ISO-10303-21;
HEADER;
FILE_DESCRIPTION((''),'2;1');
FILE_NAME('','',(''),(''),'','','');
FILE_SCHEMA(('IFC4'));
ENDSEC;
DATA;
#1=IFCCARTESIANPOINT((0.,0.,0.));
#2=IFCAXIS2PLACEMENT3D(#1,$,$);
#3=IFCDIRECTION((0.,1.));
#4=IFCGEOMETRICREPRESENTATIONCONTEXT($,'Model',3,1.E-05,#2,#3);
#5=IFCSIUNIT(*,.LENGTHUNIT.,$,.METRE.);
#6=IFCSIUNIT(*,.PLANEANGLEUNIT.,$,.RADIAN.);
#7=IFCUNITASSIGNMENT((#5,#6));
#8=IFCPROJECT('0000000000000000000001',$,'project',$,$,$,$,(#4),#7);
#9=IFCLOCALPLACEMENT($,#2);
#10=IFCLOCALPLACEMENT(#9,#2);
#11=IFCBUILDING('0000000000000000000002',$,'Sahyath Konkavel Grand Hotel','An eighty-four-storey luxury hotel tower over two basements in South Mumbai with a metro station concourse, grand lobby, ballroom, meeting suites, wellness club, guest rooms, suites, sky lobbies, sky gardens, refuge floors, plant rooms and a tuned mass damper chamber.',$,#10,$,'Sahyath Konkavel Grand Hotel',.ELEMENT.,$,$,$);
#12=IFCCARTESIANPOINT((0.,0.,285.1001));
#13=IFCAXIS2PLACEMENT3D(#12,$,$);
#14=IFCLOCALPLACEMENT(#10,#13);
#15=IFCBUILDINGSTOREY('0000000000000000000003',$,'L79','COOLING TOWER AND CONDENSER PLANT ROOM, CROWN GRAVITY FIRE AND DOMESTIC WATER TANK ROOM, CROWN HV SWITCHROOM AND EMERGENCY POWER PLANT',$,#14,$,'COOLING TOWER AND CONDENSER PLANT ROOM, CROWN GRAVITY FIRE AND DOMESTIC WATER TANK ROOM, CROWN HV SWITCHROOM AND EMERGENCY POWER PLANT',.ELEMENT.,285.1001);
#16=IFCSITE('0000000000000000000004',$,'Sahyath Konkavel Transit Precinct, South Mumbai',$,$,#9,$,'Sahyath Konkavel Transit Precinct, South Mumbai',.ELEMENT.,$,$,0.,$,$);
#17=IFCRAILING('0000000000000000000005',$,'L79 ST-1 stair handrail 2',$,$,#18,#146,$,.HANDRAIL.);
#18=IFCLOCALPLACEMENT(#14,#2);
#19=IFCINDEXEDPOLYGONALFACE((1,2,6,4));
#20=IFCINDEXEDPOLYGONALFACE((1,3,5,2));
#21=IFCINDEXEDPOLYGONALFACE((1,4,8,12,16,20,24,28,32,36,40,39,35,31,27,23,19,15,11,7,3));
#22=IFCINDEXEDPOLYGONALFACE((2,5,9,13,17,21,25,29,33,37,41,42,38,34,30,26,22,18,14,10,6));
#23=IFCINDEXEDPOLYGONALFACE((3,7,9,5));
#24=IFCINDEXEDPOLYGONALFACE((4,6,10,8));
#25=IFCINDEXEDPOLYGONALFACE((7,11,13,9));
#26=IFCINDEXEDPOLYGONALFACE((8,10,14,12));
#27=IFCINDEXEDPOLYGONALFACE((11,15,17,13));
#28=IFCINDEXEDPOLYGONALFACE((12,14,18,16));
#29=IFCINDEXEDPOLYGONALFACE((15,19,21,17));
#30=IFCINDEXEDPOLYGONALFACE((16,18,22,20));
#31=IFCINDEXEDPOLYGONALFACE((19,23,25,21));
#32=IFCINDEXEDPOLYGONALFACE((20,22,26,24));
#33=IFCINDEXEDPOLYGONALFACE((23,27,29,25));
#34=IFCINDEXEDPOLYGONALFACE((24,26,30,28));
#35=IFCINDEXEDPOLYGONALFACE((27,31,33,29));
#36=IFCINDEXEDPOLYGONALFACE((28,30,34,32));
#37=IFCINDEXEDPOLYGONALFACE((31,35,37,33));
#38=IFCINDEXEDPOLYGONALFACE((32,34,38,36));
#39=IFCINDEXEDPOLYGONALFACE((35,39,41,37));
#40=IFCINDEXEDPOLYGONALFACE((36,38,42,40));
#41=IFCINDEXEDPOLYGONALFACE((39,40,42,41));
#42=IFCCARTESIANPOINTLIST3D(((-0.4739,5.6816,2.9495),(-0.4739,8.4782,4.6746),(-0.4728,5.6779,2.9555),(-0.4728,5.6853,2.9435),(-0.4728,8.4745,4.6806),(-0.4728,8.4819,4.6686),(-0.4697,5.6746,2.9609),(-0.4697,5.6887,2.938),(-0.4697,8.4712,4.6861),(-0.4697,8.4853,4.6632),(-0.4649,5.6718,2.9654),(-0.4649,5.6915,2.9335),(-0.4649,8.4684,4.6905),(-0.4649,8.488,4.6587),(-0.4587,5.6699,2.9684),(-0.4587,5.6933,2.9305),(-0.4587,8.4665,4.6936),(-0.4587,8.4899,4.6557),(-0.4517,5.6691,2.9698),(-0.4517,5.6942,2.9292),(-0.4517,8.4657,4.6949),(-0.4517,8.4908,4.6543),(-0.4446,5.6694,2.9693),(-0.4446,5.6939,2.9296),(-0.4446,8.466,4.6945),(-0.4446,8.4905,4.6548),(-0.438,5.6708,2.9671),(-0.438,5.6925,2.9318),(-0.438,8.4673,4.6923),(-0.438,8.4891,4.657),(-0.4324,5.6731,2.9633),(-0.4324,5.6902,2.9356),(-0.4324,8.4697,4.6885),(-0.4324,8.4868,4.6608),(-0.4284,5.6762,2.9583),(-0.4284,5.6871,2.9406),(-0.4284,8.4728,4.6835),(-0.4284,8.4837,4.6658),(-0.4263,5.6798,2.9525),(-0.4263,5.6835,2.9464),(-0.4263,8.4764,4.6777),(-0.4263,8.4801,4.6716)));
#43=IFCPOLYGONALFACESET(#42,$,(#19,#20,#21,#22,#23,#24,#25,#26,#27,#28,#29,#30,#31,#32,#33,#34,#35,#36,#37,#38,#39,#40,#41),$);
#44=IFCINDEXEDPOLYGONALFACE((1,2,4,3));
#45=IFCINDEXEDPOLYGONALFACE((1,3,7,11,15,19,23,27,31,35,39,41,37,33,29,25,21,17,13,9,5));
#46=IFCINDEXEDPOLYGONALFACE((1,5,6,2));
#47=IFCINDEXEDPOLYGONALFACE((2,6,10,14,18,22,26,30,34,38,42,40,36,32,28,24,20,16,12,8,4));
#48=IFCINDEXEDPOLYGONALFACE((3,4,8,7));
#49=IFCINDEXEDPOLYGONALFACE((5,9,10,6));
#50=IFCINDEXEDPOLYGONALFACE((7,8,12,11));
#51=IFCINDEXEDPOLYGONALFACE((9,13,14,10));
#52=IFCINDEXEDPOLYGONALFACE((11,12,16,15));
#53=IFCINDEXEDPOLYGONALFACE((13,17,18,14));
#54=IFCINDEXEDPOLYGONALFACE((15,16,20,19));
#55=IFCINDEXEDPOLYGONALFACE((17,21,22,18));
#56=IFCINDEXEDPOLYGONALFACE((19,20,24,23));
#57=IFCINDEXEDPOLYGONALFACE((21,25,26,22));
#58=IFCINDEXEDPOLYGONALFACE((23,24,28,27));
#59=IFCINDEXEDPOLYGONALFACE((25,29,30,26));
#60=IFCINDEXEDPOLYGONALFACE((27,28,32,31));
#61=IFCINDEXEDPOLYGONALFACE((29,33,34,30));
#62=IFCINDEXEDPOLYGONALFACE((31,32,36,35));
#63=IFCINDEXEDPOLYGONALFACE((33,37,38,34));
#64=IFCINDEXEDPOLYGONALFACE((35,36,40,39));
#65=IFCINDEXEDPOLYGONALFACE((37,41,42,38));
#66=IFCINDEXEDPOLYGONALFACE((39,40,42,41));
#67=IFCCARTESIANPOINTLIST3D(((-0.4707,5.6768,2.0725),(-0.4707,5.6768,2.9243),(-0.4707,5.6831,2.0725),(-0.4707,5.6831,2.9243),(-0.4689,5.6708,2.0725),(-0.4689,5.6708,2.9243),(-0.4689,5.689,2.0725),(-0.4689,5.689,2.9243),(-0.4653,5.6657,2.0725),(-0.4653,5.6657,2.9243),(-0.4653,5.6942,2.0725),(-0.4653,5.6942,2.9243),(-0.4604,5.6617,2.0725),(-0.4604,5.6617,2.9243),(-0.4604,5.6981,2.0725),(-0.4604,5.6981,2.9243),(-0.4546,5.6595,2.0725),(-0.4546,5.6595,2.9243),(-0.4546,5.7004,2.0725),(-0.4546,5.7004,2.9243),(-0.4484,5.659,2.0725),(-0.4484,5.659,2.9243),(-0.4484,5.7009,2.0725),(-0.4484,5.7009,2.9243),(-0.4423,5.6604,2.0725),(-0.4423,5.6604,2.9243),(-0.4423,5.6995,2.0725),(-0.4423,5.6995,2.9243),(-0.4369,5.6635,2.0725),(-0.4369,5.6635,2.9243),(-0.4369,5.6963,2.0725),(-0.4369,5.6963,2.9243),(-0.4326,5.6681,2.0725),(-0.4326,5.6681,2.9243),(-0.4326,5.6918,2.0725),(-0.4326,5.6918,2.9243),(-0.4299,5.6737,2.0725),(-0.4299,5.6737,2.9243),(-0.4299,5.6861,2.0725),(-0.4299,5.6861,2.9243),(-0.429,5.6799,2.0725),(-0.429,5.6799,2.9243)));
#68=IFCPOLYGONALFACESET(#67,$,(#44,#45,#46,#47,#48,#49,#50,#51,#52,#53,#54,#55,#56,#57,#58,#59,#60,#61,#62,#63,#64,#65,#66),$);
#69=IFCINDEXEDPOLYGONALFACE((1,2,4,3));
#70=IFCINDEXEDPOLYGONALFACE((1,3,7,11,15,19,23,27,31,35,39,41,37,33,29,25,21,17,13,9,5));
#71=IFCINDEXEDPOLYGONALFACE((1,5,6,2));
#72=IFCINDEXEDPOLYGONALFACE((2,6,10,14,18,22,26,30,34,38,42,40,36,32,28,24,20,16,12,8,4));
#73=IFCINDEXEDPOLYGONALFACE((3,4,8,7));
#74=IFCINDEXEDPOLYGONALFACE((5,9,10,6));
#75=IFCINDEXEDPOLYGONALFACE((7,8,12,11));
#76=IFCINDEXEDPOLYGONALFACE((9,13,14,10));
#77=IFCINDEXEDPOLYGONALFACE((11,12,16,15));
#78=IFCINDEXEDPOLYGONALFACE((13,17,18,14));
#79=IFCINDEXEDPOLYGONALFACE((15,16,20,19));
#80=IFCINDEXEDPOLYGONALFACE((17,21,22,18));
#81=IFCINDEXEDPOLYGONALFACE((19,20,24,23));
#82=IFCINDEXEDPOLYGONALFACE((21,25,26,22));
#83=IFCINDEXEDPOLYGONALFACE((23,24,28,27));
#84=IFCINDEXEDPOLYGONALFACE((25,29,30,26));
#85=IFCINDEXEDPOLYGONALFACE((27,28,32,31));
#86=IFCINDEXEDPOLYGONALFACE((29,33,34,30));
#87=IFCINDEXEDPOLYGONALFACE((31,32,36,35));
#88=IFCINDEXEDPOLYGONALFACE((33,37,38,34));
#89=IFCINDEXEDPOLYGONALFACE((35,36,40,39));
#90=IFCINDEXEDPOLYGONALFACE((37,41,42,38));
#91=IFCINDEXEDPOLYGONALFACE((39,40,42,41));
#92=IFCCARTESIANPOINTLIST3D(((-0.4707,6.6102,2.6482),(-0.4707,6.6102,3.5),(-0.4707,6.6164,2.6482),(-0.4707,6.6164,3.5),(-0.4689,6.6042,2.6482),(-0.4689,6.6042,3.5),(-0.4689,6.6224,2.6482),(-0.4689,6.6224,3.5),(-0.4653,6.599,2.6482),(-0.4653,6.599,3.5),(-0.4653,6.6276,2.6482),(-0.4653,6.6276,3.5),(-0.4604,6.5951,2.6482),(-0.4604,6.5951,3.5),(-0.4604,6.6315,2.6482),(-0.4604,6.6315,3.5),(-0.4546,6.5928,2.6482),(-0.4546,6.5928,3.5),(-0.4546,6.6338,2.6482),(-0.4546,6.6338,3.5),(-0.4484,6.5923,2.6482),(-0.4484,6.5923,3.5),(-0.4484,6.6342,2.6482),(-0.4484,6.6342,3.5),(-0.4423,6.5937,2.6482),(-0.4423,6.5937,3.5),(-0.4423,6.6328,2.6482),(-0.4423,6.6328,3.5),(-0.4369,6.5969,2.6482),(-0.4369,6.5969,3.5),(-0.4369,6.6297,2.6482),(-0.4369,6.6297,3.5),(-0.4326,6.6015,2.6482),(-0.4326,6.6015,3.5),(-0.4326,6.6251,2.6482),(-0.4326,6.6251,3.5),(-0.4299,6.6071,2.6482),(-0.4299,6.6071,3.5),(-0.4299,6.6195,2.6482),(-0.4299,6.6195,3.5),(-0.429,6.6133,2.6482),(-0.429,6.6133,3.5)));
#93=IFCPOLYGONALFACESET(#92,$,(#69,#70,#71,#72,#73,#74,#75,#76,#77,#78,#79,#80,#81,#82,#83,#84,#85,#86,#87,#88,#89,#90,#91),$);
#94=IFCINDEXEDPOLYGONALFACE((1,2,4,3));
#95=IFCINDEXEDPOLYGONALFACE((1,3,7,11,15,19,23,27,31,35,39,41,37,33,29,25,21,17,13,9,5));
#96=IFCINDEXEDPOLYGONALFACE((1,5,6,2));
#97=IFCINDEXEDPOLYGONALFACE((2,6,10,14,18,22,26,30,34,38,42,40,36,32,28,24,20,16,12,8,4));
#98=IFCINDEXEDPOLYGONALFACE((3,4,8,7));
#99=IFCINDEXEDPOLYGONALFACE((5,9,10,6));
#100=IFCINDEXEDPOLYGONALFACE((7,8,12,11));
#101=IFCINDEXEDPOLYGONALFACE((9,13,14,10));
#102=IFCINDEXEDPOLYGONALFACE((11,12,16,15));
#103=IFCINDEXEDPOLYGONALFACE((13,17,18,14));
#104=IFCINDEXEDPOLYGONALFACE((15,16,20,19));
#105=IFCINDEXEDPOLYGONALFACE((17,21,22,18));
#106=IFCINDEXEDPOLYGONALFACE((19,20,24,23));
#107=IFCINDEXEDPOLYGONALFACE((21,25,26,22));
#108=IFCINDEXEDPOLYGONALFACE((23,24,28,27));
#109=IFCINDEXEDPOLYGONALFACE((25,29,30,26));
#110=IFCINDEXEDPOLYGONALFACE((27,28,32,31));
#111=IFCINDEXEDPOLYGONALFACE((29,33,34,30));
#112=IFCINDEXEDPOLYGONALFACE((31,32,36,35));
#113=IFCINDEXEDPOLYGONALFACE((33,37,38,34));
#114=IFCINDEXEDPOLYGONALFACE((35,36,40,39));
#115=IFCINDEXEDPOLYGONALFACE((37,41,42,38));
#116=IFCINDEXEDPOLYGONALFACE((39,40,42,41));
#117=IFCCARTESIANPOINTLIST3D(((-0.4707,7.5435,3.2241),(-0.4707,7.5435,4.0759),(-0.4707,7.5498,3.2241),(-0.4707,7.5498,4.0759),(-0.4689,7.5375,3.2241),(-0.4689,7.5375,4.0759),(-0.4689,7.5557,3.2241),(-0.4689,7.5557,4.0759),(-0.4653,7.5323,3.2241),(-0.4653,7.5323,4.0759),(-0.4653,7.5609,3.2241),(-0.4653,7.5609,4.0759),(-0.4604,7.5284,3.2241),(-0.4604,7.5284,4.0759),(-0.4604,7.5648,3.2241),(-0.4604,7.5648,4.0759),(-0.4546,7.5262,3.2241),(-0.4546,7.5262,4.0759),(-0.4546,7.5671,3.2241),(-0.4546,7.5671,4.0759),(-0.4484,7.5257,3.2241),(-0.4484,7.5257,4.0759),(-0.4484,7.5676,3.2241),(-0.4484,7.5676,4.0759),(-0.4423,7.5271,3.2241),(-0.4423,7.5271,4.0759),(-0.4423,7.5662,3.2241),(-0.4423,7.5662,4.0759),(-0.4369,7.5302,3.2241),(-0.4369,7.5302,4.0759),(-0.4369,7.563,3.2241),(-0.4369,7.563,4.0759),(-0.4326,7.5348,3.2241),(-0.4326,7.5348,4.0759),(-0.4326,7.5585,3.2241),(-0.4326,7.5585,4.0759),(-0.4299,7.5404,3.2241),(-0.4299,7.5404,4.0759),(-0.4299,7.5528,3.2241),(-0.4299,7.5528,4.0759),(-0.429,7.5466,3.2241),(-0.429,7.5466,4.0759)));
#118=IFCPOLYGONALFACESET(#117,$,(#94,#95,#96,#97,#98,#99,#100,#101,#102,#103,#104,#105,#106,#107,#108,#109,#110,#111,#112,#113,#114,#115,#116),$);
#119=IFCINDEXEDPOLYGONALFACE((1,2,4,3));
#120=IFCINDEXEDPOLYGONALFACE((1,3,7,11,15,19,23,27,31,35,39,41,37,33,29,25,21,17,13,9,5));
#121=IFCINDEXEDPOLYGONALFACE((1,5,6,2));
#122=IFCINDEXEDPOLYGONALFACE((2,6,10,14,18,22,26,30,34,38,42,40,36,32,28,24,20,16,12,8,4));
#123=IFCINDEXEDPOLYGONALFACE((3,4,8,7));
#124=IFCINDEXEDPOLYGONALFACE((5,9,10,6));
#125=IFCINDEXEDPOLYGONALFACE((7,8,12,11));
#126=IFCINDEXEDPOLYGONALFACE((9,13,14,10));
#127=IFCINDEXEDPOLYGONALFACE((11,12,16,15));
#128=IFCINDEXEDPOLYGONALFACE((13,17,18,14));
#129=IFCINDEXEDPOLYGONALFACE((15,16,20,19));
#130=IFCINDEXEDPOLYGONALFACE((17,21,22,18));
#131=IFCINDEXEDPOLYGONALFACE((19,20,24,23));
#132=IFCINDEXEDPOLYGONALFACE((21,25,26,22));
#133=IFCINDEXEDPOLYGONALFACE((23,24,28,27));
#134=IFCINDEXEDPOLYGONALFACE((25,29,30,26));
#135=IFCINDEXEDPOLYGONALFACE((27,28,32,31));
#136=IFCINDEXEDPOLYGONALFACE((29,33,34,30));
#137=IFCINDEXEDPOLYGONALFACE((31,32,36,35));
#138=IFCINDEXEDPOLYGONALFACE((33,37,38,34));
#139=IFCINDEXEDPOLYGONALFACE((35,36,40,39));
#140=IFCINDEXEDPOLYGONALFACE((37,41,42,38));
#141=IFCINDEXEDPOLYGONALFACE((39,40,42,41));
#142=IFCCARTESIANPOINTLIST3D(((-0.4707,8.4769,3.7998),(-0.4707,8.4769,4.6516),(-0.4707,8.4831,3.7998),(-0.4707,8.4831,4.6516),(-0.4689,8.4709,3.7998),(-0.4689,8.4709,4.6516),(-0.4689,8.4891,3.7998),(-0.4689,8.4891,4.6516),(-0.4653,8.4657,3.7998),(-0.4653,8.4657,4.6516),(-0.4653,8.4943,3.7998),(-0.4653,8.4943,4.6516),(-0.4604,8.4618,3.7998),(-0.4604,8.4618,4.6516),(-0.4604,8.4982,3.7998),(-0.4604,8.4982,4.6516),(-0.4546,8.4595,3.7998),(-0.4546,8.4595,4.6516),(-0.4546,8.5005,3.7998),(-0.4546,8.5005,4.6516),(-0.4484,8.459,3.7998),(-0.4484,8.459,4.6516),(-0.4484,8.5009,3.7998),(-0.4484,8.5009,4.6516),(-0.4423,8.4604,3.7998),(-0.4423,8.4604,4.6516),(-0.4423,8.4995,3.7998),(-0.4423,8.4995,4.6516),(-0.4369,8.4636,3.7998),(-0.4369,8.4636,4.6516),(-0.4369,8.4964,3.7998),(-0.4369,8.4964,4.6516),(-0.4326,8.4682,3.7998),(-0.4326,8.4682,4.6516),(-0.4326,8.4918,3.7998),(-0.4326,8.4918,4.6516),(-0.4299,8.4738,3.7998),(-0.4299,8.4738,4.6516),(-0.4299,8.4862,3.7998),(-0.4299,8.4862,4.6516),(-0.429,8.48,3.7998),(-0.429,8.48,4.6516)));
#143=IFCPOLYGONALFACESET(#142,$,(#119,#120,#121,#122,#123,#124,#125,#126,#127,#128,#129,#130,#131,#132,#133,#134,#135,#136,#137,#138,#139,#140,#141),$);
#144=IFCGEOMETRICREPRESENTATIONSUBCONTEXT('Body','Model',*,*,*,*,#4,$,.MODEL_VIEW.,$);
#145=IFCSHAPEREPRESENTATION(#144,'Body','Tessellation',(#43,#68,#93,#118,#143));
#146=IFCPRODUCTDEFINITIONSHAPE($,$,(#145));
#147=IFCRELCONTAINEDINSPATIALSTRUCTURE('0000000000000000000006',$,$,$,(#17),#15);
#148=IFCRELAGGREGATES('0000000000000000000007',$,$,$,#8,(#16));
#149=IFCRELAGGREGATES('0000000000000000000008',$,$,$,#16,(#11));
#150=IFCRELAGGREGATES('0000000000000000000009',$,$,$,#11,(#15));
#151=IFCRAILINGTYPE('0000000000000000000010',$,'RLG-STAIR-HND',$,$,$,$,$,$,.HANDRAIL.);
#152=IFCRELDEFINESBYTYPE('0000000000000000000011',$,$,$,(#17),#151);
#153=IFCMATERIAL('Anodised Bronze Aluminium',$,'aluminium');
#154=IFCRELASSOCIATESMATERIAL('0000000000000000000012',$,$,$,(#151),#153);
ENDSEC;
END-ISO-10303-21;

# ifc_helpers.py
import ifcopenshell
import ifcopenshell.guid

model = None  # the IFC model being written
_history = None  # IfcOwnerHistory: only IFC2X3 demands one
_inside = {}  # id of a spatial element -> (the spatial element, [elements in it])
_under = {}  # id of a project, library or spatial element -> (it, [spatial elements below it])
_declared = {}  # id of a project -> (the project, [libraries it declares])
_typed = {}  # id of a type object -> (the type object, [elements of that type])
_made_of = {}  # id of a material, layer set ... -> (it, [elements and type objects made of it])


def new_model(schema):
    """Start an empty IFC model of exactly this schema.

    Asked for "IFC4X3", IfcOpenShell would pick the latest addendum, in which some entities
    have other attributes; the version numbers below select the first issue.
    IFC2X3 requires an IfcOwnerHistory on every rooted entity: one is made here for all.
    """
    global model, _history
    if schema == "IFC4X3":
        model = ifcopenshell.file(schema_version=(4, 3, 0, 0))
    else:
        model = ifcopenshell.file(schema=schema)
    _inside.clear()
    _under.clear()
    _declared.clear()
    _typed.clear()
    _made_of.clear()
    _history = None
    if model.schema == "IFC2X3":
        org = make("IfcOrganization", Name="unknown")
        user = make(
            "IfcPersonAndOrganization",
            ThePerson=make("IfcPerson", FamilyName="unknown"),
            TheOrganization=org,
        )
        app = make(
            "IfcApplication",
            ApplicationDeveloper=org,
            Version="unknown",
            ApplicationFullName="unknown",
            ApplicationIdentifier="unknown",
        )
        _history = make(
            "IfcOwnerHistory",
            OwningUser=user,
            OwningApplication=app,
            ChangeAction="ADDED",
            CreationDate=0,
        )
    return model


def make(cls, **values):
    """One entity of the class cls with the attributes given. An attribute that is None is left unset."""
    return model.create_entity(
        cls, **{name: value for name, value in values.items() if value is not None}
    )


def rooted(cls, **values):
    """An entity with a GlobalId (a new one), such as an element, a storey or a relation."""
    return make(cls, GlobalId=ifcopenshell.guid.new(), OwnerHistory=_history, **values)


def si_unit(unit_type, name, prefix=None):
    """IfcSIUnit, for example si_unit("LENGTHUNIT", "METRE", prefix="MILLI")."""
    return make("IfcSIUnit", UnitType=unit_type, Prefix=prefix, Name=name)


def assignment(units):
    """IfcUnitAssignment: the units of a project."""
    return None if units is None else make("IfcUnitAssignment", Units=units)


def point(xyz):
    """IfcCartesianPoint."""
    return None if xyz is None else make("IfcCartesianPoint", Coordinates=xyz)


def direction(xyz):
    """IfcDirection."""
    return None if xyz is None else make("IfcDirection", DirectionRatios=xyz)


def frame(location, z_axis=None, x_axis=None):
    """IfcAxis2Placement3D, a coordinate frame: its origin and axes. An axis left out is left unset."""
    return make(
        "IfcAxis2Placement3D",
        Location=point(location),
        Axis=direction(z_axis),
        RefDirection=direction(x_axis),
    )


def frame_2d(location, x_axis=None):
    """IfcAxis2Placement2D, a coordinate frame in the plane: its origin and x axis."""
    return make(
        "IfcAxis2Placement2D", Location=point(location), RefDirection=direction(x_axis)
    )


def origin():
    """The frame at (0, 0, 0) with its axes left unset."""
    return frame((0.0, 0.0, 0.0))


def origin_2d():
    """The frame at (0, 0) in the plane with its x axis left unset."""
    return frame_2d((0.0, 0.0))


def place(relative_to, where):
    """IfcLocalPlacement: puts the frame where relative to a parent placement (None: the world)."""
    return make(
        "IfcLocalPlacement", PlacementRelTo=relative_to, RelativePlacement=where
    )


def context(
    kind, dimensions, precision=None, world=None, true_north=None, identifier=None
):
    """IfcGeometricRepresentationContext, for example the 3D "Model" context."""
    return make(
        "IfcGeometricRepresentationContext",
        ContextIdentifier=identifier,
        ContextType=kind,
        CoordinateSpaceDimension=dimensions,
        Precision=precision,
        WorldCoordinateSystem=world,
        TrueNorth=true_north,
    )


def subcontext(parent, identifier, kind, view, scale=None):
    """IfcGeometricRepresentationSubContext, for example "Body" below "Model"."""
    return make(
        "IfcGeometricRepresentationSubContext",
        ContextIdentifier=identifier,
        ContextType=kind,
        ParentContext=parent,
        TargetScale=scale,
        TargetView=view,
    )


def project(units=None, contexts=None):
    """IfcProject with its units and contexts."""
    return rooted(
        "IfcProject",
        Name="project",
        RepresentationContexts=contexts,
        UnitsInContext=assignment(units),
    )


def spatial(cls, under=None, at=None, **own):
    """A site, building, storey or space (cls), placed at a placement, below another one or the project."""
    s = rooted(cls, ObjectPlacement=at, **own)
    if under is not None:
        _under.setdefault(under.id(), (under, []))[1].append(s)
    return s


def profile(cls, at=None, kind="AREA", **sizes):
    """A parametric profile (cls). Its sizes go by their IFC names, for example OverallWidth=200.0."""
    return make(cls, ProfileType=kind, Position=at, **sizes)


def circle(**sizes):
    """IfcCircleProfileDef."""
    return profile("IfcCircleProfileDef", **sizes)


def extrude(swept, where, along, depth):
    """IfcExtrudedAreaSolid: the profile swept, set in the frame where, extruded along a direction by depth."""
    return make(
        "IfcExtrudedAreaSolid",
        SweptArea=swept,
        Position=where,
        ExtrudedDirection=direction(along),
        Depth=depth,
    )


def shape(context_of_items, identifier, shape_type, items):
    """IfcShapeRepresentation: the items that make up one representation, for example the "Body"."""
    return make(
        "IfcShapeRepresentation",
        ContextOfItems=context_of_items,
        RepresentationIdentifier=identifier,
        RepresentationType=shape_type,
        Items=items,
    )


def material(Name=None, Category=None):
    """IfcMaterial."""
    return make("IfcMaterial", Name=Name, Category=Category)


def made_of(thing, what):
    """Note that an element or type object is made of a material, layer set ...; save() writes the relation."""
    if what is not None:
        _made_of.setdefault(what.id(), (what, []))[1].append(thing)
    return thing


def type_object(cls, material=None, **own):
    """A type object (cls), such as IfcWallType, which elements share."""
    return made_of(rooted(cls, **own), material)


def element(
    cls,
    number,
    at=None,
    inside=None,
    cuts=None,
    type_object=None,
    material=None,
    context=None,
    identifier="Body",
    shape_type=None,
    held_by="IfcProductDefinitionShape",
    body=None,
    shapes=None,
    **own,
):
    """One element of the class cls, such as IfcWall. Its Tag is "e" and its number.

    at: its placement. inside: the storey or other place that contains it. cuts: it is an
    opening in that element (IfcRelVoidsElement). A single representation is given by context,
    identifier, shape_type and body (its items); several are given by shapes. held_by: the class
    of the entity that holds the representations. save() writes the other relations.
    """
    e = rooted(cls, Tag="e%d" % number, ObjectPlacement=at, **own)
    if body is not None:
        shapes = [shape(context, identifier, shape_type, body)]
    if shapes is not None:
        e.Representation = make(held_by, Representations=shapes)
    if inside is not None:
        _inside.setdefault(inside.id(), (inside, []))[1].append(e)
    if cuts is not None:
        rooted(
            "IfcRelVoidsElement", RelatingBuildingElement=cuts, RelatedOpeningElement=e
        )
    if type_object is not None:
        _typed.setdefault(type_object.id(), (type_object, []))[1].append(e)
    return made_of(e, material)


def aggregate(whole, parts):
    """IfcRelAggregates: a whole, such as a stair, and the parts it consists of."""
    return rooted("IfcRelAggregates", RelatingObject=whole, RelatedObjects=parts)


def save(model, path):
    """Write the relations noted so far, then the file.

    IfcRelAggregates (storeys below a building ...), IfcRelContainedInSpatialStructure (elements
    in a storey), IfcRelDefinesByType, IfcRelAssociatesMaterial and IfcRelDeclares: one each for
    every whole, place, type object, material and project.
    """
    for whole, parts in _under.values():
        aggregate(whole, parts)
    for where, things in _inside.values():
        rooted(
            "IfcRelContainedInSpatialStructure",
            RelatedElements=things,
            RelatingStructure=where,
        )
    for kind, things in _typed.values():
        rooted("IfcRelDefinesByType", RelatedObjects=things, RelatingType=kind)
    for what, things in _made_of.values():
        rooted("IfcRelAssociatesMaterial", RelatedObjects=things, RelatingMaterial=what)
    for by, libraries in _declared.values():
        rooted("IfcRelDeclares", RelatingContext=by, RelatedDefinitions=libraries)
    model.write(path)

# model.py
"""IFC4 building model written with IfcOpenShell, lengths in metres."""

from ifc_helpers import new_model, si_unit, direction, frame, origin, origin_2d, place, context, subcontext, project, spatial, circle, extrude, material, type_object, element, save


model = new_model("IFC4")

# Units and contexts
model_context = context("Model", 3, precision=1e-05, world=origin(), true_north=direction((0.0, 1.0)))
body_context = subcontext(model_context, "Body", "Model", "MODEL_VIEW")
ifc_project = project(units=[si_unit("LENGTHUNIT", "METRE"), si_unit("PLANEANGLEUNIT", "RADIAN")], contexts=[model_context])

# Site, building, storey
site_placement = place(None, origin())
site = spatial("IfcSite", under=ifc_project, at=site_placement, Name="Sahyath Konkavel Transit Precinct, South Mumbai", LongName="Sahyath Konkavel Transit Precinct, South Mumbai", CompositionType="ELEMENT", RefElevation=0.0)
building_placement = place(site_placement, origin())
building = spatial("IfcBuilding", under=site, at=building_placement, Name="Sahyath Konkavel Grand Hotel", Description="An eighty-four-storey luxury hotel tower over two basements in South Mumbai with a metro station concourse, grand lobby, ballroom, meeting suites, wellness club, guest rooms, suites, sky lobbies, sky gardens, refuge floors, plant rooms and a tuned mass damper chamber.", LongName="Sahyath Konkavel Grand Hotel", CompositionType="ELEMENT")
storey_placement = place(building_placement, frame((0.0, 0.0, 285.1001)))
storey = spatial("IfcBuildingStorey", under=building, at=storey_placement, Name="L79", Description="COOLING TOWER AND CONDENSER PLANT ROOM, CROWN GRAVITY FIRE AND DOMESTIC WATER TANK ROOM, CROWN HV SWITCHROOM AND EMERGENCY POWER PLANT", LongName="COOLING TOWER AND CONDENSER PLANT ROOM, CROWN GRAVITY FIRE AND DOMESTIC WATER TANK ROOM, CROWN HV SWITCHROOM AND EMERGENCY POWER PLANT", CompositionType="ELEMENT", Elevation=285.1001)

# Railing
ifc_material_1 = material(Name="Anodised Bronze Aluminium", Category="aluminium")
railing_type_1 = type_object("IfcRailingType", Name="RLG-STAIR-HND", PredefinedType="HANDRAIL", material=ifc_material_1)
railing_1_placement = place(storey_placement, frame((-0.45, 5.6799, 2.0725)))
element("IfcRailing", 1, at=railing_1_placement, inside=storey, type_object=railing_type_1, Name="L79 ST-1 stair handrail 2", PredefinedType="HANDRAIL", context=body_context, shape_type="SweptSolid", body=[
    extrude(circle(Radius=0.0239, at=origin_2d()), frame((0.0, 0.0017, 0.877), z_axis=(0.0, 0.85109, 0.52502), x_axis=(-1.0, 0.0, 0.0)), (0.0, 0.0, 1.0), 3.2859),
    extrude(circle(Radius=0.021, at=origin_2d()), origin(), (0.0, 0.0, 1.0), 0.8518),
    extrude(circle(Radius=0.021, at=origin_2d()), frame((0.0, 0.9333, 0.5757)), (0.0, 0.0, 1.0), 0.8518),
    extrude(circle(Radius=0.021, at=origin_2d()), frame((0.0, 1.8667, 1.1516)), (0.0, 0.0, 1.0), 0.8518),
    extrude(circle(Radius=0.021, at=origin_2d()), frame((0.0, 2.8, 1.7273)), (0.0, 0.0, 1.0), 0.8518),
])

save(model, "model.ifc")
